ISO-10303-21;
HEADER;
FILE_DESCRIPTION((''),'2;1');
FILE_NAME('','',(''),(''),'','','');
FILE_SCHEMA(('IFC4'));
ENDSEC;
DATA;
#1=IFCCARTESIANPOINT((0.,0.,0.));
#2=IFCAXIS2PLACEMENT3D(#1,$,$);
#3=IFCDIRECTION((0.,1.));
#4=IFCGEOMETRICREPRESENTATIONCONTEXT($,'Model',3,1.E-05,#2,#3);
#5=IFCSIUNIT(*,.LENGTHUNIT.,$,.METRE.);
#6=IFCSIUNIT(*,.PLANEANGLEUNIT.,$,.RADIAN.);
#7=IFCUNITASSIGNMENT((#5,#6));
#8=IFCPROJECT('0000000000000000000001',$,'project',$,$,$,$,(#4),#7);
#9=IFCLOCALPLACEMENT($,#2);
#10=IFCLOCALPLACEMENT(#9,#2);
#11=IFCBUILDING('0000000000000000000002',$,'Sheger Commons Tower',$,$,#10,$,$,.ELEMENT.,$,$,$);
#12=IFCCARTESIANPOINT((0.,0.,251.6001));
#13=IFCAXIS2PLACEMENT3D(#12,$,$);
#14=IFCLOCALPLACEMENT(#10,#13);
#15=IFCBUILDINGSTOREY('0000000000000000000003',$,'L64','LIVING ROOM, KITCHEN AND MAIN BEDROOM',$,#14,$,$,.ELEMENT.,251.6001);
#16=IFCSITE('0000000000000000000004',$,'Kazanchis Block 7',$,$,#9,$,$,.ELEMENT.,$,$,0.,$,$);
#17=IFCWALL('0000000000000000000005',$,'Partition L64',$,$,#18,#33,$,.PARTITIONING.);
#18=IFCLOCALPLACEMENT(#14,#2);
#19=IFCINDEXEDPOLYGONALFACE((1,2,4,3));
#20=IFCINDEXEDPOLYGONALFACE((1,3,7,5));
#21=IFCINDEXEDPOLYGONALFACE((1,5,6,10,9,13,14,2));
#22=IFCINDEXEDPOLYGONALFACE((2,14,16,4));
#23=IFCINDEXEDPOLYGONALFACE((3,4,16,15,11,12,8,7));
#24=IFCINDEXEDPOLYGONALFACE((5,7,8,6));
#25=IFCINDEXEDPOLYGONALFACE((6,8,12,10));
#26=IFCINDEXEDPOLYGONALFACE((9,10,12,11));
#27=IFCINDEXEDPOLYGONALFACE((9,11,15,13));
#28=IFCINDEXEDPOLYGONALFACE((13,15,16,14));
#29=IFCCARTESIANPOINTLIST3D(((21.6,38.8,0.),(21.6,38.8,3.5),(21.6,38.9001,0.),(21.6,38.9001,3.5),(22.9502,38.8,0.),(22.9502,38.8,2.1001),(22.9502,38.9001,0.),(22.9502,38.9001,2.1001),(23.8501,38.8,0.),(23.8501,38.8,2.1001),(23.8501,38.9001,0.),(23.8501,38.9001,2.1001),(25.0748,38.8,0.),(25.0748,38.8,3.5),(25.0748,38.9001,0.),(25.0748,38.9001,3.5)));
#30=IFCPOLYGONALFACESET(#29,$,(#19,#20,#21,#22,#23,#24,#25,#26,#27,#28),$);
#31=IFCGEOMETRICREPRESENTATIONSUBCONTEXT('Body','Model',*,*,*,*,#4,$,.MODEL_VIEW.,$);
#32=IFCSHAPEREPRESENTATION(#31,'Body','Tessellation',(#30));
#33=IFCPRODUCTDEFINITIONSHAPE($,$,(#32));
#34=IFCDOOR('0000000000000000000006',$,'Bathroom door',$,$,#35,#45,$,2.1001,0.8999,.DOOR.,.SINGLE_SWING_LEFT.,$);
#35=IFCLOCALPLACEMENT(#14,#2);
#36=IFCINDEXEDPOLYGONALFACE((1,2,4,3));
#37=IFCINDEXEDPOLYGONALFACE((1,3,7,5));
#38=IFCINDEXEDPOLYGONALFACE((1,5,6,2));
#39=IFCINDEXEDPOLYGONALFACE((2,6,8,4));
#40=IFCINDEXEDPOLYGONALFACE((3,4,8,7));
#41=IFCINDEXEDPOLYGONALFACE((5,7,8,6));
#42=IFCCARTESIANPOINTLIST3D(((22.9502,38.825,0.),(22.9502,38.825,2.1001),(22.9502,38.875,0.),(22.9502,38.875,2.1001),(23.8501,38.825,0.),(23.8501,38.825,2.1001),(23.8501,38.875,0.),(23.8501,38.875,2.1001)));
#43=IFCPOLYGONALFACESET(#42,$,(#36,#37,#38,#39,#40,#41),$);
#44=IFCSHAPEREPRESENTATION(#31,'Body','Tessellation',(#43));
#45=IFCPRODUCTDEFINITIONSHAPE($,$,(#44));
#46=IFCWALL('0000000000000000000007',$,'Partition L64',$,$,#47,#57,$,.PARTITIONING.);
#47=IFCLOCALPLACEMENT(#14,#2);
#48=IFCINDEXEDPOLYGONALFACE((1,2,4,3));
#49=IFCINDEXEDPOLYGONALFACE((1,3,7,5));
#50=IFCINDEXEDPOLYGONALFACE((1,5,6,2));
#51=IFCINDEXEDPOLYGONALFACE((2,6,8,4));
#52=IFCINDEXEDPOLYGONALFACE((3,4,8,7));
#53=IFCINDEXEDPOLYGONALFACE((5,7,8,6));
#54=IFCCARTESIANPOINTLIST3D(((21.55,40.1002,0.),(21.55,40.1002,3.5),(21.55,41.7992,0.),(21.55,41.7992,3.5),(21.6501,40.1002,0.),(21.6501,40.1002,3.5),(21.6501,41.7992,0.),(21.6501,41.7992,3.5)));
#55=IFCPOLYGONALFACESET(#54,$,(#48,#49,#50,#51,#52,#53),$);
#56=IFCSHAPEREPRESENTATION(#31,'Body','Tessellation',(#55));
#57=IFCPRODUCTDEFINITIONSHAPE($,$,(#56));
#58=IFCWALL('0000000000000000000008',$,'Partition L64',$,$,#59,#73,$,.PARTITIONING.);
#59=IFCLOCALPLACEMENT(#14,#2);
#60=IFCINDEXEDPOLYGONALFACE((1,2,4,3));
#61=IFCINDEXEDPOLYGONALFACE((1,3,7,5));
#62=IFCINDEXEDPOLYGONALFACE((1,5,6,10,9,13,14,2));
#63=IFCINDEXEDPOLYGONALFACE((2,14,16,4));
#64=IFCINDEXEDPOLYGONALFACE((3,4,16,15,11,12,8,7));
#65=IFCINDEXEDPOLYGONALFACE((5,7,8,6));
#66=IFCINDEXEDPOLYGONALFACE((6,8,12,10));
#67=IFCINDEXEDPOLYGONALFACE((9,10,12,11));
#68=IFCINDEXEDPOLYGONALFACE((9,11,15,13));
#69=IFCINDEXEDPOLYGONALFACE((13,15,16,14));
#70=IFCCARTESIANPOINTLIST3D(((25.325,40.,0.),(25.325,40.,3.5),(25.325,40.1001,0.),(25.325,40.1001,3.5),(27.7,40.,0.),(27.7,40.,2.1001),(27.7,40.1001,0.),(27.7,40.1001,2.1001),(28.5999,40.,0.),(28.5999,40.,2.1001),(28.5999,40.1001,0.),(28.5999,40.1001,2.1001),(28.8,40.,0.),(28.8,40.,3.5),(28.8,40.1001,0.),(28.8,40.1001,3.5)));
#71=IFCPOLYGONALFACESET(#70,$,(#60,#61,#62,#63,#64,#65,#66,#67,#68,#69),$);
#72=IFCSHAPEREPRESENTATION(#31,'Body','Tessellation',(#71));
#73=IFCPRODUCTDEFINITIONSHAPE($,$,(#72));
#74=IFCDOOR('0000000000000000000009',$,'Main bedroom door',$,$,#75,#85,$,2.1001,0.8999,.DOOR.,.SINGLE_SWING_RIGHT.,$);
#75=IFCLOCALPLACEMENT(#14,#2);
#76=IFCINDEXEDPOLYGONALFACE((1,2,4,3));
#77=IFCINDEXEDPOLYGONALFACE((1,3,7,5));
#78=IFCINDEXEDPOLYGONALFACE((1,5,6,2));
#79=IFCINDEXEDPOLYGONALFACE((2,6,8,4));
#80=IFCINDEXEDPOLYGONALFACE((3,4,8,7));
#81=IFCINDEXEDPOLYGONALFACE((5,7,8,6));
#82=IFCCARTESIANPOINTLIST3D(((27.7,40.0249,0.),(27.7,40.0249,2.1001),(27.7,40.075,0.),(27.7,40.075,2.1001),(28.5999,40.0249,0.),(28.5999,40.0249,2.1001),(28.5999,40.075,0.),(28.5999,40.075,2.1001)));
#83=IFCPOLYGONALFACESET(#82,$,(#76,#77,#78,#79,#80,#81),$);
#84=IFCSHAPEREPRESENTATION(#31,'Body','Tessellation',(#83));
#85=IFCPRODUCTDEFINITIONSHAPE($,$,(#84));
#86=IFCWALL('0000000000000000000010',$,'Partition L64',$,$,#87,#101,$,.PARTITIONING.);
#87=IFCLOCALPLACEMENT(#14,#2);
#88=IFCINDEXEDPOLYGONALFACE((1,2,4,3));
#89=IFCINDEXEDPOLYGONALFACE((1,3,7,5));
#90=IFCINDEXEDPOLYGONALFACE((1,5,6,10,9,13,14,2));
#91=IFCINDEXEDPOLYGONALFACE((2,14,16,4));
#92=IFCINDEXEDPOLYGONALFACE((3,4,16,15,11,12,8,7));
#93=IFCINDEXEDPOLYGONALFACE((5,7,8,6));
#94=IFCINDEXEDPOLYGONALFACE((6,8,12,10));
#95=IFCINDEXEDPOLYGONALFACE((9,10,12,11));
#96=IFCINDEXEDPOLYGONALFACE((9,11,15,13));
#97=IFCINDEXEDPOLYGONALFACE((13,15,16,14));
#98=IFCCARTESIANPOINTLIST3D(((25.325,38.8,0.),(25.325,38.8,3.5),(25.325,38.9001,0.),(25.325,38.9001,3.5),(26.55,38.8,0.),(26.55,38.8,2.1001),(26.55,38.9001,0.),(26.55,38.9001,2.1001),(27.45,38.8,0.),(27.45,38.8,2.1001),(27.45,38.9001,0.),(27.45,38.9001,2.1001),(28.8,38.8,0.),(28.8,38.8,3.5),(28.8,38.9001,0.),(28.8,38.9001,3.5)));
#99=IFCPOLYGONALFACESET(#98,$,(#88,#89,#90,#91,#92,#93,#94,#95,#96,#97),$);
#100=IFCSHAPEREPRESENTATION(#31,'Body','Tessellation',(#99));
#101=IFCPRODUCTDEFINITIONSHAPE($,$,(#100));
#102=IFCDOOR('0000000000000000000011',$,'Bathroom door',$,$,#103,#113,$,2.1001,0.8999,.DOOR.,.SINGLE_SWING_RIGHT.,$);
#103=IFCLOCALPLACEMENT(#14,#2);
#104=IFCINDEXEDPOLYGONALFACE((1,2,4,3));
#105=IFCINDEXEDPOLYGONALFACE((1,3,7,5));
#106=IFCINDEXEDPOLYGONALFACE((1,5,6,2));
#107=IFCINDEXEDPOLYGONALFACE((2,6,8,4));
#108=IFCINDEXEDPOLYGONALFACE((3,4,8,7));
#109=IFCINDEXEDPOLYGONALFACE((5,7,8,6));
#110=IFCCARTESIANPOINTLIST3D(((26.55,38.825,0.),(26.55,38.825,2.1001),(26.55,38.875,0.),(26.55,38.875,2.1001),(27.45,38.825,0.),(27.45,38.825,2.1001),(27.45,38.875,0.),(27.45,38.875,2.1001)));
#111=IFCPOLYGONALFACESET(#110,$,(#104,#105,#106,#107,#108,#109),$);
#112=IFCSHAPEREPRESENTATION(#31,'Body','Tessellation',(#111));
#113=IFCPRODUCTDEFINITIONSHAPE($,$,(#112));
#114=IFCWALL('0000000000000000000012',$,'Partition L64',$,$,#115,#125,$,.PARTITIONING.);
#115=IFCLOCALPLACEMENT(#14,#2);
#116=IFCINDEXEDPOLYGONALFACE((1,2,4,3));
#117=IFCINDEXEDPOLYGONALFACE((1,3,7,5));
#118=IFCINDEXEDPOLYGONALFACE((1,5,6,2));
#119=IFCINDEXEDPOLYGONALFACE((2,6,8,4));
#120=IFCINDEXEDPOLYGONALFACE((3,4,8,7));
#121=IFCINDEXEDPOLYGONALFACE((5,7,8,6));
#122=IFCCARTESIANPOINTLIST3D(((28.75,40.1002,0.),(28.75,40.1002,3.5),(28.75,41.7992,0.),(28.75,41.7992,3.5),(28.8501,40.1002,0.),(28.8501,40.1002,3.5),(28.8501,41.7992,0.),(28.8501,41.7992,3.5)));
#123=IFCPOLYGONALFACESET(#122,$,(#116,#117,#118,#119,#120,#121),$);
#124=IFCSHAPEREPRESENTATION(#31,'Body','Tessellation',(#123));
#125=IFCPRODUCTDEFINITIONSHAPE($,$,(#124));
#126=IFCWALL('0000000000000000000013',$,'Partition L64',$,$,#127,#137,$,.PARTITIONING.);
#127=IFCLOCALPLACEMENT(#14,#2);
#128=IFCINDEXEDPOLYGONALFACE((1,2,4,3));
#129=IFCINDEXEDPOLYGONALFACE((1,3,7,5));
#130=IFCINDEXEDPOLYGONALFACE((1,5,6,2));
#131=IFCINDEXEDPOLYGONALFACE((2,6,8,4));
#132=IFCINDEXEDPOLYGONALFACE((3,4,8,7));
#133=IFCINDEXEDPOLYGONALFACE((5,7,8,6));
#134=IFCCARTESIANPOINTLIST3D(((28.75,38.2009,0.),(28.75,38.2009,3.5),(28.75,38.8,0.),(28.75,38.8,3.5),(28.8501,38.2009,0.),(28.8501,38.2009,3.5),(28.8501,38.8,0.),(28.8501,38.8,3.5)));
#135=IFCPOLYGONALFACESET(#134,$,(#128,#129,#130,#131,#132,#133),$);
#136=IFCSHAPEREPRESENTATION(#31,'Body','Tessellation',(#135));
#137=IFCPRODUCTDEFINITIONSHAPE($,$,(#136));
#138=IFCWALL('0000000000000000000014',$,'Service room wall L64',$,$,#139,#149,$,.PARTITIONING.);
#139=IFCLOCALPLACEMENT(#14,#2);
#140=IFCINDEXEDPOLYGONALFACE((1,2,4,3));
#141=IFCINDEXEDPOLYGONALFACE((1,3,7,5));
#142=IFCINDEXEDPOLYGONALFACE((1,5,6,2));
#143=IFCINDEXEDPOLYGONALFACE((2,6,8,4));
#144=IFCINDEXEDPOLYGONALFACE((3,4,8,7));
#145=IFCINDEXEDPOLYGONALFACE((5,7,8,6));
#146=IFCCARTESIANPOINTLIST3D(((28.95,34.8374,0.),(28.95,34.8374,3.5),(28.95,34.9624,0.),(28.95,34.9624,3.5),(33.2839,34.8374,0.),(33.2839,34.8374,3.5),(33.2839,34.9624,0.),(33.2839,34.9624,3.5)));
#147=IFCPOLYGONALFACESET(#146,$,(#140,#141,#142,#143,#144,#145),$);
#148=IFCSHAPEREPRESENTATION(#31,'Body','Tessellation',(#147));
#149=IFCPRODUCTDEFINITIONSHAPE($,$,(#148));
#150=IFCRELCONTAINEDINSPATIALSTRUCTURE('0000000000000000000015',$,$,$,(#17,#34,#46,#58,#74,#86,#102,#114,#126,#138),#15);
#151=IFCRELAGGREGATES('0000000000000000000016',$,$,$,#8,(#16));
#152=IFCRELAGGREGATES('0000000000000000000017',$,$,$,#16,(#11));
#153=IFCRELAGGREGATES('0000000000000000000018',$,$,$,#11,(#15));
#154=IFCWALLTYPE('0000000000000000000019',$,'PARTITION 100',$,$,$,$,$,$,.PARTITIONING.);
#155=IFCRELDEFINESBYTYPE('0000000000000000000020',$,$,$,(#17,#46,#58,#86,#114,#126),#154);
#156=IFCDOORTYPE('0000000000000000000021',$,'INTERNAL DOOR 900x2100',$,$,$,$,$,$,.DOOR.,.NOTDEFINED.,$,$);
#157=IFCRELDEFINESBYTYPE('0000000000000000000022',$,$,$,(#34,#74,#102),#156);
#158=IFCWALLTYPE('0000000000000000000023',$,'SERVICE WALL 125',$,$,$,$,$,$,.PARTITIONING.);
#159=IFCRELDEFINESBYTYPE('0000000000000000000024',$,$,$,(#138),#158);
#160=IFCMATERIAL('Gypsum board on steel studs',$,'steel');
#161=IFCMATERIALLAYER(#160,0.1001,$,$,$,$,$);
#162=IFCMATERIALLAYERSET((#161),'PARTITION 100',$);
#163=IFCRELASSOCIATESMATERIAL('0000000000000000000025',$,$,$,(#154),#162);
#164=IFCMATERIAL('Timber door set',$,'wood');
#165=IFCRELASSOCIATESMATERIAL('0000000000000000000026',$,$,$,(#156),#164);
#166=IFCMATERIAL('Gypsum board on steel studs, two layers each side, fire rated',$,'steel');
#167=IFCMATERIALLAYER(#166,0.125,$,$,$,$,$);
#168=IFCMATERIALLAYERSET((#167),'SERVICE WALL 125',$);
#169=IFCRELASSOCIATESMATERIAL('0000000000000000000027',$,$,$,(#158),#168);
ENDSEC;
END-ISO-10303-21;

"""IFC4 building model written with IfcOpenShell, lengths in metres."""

from ifc_helpers import new_model, si_unit, direction, frame, frame_2d, origin, place, context, subcontext, project, spatial, rectangle, extrude, material, layer, layer_set, type_object, element, fill, save


model = new_model("IFC4")

# Units and contexts
model_context = context("Model", 3, precision=1e-05, world=origin(), true_north=direction((0.0, 1.0)))
body_context = subcontext(model_context, "Body", "Model", "MODEL_VIEW")
ifc_project = project(units=[si_unit("LENGTHUNIT", "METRE"), si_unit("PLANEANGLEUNIT", "RADIAN")], contexts=[model_context])

# Site, building, storey
site_placement = place(None, origin())
site = spatial("IfcSite", under=ifc_project, at=site_placement, Name="Kazanchis Block 7", CompositionType="ELEMENT", RefElevation=0.0)
building_placement = place(site_placement, origin())
building = spatial("IfcBuilding", under=site, at=building_placement, Name="Sheger Commons Tower", CompositionType="ELEMENT")
storey_placement = place(building_placement, frame((0.0, 0.0, 251.6001)))
storey = spatial("IfcBuildingStorey", under=building, at=storey_placement, Name="L64", Description="LIVING ROOM, KITCHEN AND MAIN BEDROOM", CompositionType="ELEMENT", Elevation=251.6001)

# Wall, opening, door
ifc_material_1 = material(Name="Gypsum board on steel studs", Category="steel")
ifc_layer_1 = layer(ifc_material_1, 0.1001)
ifc_layer_set_1 = layer_set([ifc_layer_1], Name="PARTITION 100")
wall_type_1 = type_object("IfcWallType", Name="PARTITION 100", PredefinedType="PARTITIONING", material=ifc_layer_set_1)
ifc_material_2 = material(Name="Timber door set", Category="wood")
door_type_1 = type_object("IfcDoorType", Name="INTERNAL DOOR 900x2100", OperationType="NOTDEFINED", PredefinedType="DOOR", material=ifc_material_2)
wall_1_placement = place(storey_placement, frame((21.6001, 38.8501, 0.0), z_axis=(0.0, 0.0, 1.0), x_axis=(1.0, 0.0, 0.0)))
wall_1 = element("IfcWall", 1, at=wall_1_placement, inside=storey, type_object=wall_type_1, Name="Partition L64", PredefinedType="PARTITIONING", context=body_context, shape_type="SweptSolid", body=[
    extrude(rectangle(XDim=3.4749, YDim=0.1001, at=frame_2d((1.7373, 0.0))), origin(), (0.0, 0.0, 1.0), 3.5),
])
opening_1_placement = place(wall_1_placement, frame((1.3501, 0.0, 0.0)))
opening_1 = element("IfcOpeningElement", 2, at=opening_1_placement, cuts=wall_1, PredefinedType="OPENING", context=body_context, shape_type="SweptSolid", body=[
    extrude(rectangle(XDim=0.8999, YDim=2.1001, at=frame_2d((0.45, 1.05))), frame((0.0, 0.0601, 0.0), z_axis=(0.0, -1.0, 0.0), x_axis=(1.0, 0.0, 0.0)), (0.0, 0.0, 1.0), 0.1201),
])
door_1_placement = place(opening_1_placement, origin())
door_1 = element("IfcDoor", 3, at=door_1_placement, inside=storey, type_object=door_type_1, Name="Bathroom door", OperationType="SINGLE_SWING_LEFT", OverallHeight=2.1001, OverallWidth=0.8999, PredefinedType="DOOR", context=body_context, shape_type="SweptSolid", body=[
    extrude(rectangle(XDim=0.8999, YDim=2.1001, at=frame_2d((0.45, 1.05))), frame((0.0, 0.0249, 0.0), z_axis=(0.0, -1.0, 0.0), x_axis=(1.0, 0.0, 0.0)), (0.0, 0.0, 1.0), 0.05),
])
fill(opening_1, door_1)

# Wall
wall_2_placement = place(storey_placement, frame((21.6001, 40.1001, 0.0), z_axis=(0.0, 0.0, 1.0), x_axis=(0.0, 1.0, 0.0)))
element("IfcWall", 4, at=wall_2_placement, inside=storey, type_object=wall_type_1, Name="Partition L64", PredefinedType="PARTITIONING", context=body_context, shape_type="SweptSolid", body=[
    extrude(rectangle(XDim=1.699, YDim=0.1001, at=frame_2d((0.8496, 0.0))), origin(), (0.0, 0.0, 1.0), 3.5),
])

# Walls, openings, doors
wall_3_placement = place(storey_placement, frame((25.325, 40.05, 0.0), z_axis=(0.0, 0.0, 1.0), x_axis=(1.0, 0.0, 0.0)))
wall_3 = element("IfcWall", 5, at=wall_3_placement, inside=storey, type_object=wall_type_1, Name="Partition L64", PredefinedType="PARTITIONING", context=body_context, shape_type="SweptSolid", body=[
    extrude(rectangle(XDim=3.4751, YDim=0.1001, at=frame_2d((1.7375, 0.0))), origin(), (0.0, 0.0, 1.0), 3.5),
])
opening_2_placement = place(wall_3_placement, frame((2.375, 0.0, 0.0)))
opening_2 = element("IfcOpeningElement", 6, at=opening_2_placement, cuts=wall_3, PredefinedType="OPENING", context=body_context, shape_type="SweptSolid", body=[
    extrude(rectangle(XDim=0.8999, YDim=2.1001, at=frame_2d((0.45, 1.05))), frame((0.0, 0.0601, 0.0), z_axis=(0.0, -1.0, 0.0), x_axis=(1.0, 0.0, 0.0)), (0.0, 0.0, 1.0), 0.1201),
])
door_2_placement = place(opening_2_placement, origin())
door_2 = element("IfcDoor", 7, at=door_2_placement, inside=storey, type_object=door_type_1, Name="Main bedroom door", OperationType="SINGLE_SWING_RIGHT", OverallHeight=2.1001, OverallWidth=0.8999, PredefinedType="DOOR", context=body_context, shape_type="SweptSolid", body=[
    extrude(rectangle(XDim=0.8999, YDim=2.1001, at=frame_2d((0.45, 1.05))), frame((0.0, 0.0249, 0.0), z_axis=(0.0, -1.0, 0.0), x_axis=(1.0, 0.0, 0.0)), (0.0, 0.0, 1.0), 0.05),
])
fill(opening_2, door_2)
wall_4_placement = place(storey_placement, frame((25.325, 38.8501, 0.0), z_axis=(0.0, 0.0, 1.0), x_axis=(1.0, 0.0, 0.0)))
wall_4 = element("IfcWall", 8, at=wall_4_placement, inside=storey, type_object=wall_type_1, Name="Partition L64", PredefinedType="PARTITIONING", context=body_context, shape_type="SweptSolid", body=[
    extrude(rectangle(XDim=3.4751, YDim=0.1001, at=frame_2d((1.7375, 0.0))), origin(), (0.0, 0.0, 1.0), 3.5),
])
opening_3_placement = place(wall_4_placement, frame((1.2251, 0.0, 0.0)))
opening_3 = element("IfcOpeningElement", 9, at=opening_3_placement, cuts=wall_4, PredefinedType="OPENING", context=body_context, shape_type="SweptSolid", body=[
    extrude(rectangle(XDim=0.8999, YDim=2.1001, at=frame_2d((0.45, 1.05))), frame((0.0, 0.0601, 0.0), z_axis=(0.0, -1.0, 0.0), x_axis=(1.0, 0.0, 0.0)), (0.0, 0.0, 1.0), 0.1201),
])
door_3_placement = place(opening_3_placement, origin())
door_3 = element("IfcDoor", 10, at=door_3_placement, inside=storey, type_object=door_type_1, Name="Bathroom door", OperationType="SINGLE_SWING_RIGHT", OverallHeight=2.1001, OverallWidth=0.8999, PredefinedType="DOOR", context=body_context, shape_type="SweptSolid", body=[
    extrude(rectangle(XDim=0.8999, YDim=2.1001, at=frame_2d((0.45, 1.05))), frame((0.0, 0.0249, 0.0), z_axis=(0.0, -1.0, 0.0), x_axis=(1.0, 0.0, 0.0)), (0.0, 0.0, 1.0), 0.05),
])
fill(opening_3, door_3)

# Walls
wall_5_placement = place(storey_placement, frame((28.8, 40.1001, 0.0), z_axis=(0.0, 0.0, 1.0), x_axis=(0.0, 1.0, 0.0)))
element("IfcWall", 11, at=wall_5_placement, inside=storey, type_object=wall_type_1, Name="Partition L64", PredefinedType="PARTITIONING", context=body_context, shape_type="SweptSolid", body=[
    extrude(rectangle(XDim=1.699, YDim=0.1001, at=frame_2d((0.8496, 0.0))), origin(), (0.0, 0.0, 1.0), 3.5),
])
wall_6_placement = place(storey_placement, frame((28.8, 38.2009, 0.0), z_axis=(0.0, 0.0, 1.0), x_axis=(0.0, 1.0, 0.0)))
element("IfcWall", 12, at=wall_6_placement, inside=storey, type_object=wall_type_1, Name="Partition L64", PredefinedType="PARTITIONING", context=body_context, shape_type="SweptSolid", body=[
    extrude(rectangle(XDim=0.5991, YDim=0.1001, at=frame_2d((0.2996, 0.0))), origin(), (0.0, 0.0, 1.0), 3.5),
])
ifc_material_3 = material(Name="Gypsum board on steel studs, two layers each side, fire rated", Category="steel")
ifc_layer_2 = layer(ifc_material_3, 0.125)
ifc_layer_set_2 = layer_set([ifc_layer_2], Name="SERVICE WALL 125")
wall_type_2 = type_object("IfcWallType", Name="SERVICE WALL 125", PredefinedType="PARTITIONING", material=ifc_layer_set_2)
wall_7_placement = place(storey_placement, frame((28.95, 34.8999, 0.0), z_axis=(0.0, 0.0, 1.0), x_axis=(1.0, 0.0, 0.0)))
element("IfcWall", 13, at=wall_7_placement, inside=storey, type_object=wall_type_2, Name="Service room wall L64", PredefinedType="PARTITIONING", context=body_context, shape_type="SweptSolid", body=[
    extrude(rectangle(XDim=4.334, YDim=0.125, at=frame_2d((2.167, 0.0))), origin(), (0.0, 0.0, 1.0), 3.5),
])

save(model, "model.ifc")
